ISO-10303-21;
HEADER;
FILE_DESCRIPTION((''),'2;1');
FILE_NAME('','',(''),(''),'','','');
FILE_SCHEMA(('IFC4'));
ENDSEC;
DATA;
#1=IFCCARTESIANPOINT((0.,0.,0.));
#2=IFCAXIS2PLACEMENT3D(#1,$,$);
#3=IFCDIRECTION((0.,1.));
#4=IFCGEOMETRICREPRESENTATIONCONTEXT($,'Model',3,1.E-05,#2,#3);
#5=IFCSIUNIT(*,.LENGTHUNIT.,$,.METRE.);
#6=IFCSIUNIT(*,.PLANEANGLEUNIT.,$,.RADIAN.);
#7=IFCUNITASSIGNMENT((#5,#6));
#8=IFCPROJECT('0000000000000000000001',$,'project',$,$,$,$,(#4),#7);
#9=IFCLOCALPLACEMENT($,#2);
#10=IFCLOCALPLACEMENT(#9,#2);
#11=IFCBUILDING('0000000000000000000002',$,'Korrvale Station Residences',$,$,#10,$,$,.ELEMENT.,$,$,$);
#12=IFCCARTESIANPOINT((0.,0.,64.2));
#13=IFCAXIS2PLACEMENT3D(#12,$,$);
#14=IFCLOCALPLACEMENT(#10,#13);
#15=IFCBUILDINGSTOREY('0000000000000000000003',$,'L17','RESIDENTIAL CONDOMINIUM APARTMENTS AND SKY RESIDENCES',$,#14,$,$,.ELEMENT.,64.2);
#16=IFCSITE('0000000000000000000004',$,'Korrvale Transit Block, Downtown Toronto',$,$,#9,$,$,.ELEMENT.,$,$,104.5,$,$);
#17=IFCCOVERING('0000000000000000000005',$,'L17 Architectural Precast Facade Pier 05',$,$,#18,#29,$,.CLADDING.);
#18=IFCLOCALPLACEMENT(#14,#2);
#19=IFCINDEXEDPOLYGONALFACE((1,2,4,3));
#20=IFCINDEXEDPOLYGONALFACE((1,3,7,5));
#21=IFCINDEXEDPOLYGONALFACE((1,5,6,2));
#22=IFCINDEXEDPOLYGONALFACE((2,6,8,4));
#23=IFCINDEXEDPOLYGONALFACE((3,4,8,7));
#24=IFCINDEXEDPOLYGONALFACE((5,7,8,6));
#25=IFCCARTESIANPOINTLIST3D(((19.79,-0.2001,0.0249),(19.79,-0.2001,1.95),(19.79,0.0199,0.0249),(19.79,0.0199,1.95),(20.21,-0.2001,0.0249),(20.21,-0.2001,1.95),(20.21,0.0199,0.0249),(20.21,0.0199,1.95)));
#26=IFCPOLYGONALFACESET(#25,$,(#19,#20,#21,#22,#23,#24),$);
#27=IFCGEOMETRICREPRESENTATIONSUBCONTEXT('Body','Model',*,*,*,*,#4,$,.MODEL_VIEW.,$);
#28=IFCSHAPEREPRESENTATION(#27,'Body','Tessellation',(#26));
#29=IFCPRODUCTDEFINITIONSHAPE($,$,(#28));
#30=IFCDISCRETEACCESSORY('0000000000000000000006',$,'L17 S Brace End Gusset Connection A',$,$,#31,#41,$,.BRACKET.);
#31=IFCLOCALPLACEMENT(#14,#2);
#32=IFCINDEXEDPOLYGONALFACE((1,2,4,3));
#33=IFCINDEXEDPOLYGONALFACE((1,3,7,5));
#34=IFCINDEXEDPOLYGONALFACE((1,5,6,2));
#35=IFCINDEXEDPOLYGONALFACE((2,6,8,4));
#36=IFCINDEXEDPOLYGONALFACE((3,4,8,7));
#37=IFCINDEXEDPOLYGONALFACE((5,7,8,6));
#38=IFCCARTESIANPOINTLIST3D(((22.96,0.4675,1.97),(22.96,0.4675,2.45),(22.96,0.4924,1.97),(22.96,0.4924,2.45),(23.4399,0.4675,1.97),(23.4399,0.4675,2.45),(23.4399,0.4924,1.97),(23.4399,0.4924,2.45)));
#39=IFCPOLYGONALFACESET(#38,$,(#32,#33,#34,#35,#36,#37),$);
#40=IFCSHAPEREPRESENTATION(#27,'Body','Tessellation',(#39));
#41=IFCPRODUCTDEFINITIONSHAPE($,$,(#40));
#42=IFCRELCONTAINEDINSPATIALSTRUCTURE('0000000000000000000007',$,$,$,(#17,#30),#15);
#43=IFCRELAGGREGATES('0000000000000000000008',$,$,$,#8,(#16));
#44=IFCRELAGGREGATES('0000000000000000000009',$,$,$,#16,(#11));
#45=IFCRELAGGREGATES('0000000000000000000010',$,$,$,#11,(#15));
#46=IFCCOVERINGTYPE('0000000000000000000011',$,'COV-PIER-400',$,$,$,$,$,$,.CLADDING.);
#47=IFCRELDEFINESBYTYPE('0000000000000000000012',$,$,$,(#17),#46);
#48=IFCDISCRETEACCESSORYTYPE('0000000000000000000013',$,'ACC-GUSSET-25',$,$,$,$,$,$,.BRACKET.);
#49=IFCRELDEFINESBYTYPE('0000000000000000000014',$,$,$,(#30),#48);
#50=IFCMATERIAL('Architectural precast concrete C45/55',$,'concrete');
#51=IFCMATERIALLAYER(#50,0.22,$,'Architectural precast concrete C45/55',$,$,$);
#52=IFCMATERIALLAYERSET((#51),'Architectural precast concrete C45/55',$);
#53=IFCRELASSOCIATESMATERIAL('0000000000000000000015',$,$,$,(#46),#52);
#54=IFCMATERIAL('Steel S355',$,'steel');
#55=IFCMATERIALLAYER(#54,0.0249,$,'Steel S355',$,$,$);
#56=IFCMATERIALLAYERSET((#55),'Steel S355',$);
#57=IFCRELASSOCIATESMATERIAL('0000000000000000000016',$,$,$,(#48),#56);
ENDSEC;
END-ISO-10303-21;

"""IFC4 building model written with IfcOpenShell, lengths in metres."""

from ifc_helpers import new_model, si_unit, direction, frame, origin, origin_2d, place, context, subcontext, project, spatial, rectangle, extrude, material, layer, layer_set, type_object, element, save


model = new_model("IFC4")

# Units and contexts
model_context = context("Model", 3, precision=1e-05, world=origin(), true_north=direction((0.0, 1.0)))
body_context = subcontext(model_context, "Body", "Model", "MODEL_VIEW")
ifc_project = project(units=[si_unit("LENGTHUNIT", "METRE"), si_unit("PLANEANGLEUNIT", "RADIAN")], contexts=[model_context])

# Site, building, storey
site_placement = place(None, origin())
site = spatial("IfcSite", under=ifc_project, at=site_placement, Name="Korrvale Transit Block, Downtown Toronto", CompositionType="ELEMENT", RefElevation=104.5)
building_placement = place(site_placement, origin())
building = spatial("IfcBuilding", under=site, at=building_placement, Name="Korrvale Station Residences", CompositionType="ELEMENT")
storey_placement = place(building_placement, frame((0.0, 0.0, 64.2)))
storey = spatial("IfcBuildingStorey", under=building, at=storey_placement, Name="L17", Description="RESIDENTIAL CONDOMINIUM APARTMENTS AND SKY RESIDENCES", CompositionType="ELEMENT", Elevation=64.2)

# Shared definitions
ifc_material_1 = material(Name="Steel S355", Category="steel")

# Covering
ifc_material_2 = material(Name="Architectural precast concrete C45/55", Category="concrete")
ifc_layer_1 = layer(ifc_material_2, 0.22, Name="Architectural precast concrete C45/55")
ifc_layer_set_1 = layer_set([ifc_layer_1], Name="Architectural precast concrete C45/55")
covering_type = type_object("IfcCoveringType", Name="COV-PIER-400", PredefinedType="CLADDING", material=ifc_layer_set_1)
covering_placement = place(storey_placement, frame((20.0, -0.0901, 0.0249), z_axis=(0.0, 0.0, 1.0), x_axis=(1.0, 0.0, 0.0)))
element("IfcCovering", 1, at=covering_placement, inside=storey, type_object=covering_type, Name="L17 Architectural Precast Facade Pier 05", PredefinedType="CLADDING", context=body_context, shape_type="SweptSolid", body=[
    extrude(rectangle(XDim=0.4199, YDim=0.22, at=origin_2d()), origin(), (0.0, 0.0, 1.0), 1.925),
])

# Discrete accessory
ifc_layer_2 = layer(ifc_material_1, 0.0249, Name="Steel S355")
ifc_layer_set_2 = layer_set([ifc_layer_2], Name="Steel S355")
discrete_accessory_type = type_object("IfcDiscreteAccessoryType", Name="ACC-GUSSET-25", PredefinedType="BRACKET", material=ifc_layer_set_2)
discrete_accessory_placement = place(storey_placement, frame((23.2, 0.48, 1.97), z_axis=(0.0, 0.0, 1.0), x_axis=(1.0, 0.0, 0.0)))
element("IfcDiscreteAccessory", 2, at=discrete_accessory_placement, inside=storey, type_object=discrete_accessory_type, Name="L17 S Brace End Gusset Connection A", PredefinedType="BRACKET", context=body_context, shape_type="SweptSolid", body=[
    extrude(rectangle(XDim=0.48, YDim=0.0249, at=origin_2d()), origin(), (0.0, 0.0, 1.0), 0.48),
])

save(model, "model.ifc")
